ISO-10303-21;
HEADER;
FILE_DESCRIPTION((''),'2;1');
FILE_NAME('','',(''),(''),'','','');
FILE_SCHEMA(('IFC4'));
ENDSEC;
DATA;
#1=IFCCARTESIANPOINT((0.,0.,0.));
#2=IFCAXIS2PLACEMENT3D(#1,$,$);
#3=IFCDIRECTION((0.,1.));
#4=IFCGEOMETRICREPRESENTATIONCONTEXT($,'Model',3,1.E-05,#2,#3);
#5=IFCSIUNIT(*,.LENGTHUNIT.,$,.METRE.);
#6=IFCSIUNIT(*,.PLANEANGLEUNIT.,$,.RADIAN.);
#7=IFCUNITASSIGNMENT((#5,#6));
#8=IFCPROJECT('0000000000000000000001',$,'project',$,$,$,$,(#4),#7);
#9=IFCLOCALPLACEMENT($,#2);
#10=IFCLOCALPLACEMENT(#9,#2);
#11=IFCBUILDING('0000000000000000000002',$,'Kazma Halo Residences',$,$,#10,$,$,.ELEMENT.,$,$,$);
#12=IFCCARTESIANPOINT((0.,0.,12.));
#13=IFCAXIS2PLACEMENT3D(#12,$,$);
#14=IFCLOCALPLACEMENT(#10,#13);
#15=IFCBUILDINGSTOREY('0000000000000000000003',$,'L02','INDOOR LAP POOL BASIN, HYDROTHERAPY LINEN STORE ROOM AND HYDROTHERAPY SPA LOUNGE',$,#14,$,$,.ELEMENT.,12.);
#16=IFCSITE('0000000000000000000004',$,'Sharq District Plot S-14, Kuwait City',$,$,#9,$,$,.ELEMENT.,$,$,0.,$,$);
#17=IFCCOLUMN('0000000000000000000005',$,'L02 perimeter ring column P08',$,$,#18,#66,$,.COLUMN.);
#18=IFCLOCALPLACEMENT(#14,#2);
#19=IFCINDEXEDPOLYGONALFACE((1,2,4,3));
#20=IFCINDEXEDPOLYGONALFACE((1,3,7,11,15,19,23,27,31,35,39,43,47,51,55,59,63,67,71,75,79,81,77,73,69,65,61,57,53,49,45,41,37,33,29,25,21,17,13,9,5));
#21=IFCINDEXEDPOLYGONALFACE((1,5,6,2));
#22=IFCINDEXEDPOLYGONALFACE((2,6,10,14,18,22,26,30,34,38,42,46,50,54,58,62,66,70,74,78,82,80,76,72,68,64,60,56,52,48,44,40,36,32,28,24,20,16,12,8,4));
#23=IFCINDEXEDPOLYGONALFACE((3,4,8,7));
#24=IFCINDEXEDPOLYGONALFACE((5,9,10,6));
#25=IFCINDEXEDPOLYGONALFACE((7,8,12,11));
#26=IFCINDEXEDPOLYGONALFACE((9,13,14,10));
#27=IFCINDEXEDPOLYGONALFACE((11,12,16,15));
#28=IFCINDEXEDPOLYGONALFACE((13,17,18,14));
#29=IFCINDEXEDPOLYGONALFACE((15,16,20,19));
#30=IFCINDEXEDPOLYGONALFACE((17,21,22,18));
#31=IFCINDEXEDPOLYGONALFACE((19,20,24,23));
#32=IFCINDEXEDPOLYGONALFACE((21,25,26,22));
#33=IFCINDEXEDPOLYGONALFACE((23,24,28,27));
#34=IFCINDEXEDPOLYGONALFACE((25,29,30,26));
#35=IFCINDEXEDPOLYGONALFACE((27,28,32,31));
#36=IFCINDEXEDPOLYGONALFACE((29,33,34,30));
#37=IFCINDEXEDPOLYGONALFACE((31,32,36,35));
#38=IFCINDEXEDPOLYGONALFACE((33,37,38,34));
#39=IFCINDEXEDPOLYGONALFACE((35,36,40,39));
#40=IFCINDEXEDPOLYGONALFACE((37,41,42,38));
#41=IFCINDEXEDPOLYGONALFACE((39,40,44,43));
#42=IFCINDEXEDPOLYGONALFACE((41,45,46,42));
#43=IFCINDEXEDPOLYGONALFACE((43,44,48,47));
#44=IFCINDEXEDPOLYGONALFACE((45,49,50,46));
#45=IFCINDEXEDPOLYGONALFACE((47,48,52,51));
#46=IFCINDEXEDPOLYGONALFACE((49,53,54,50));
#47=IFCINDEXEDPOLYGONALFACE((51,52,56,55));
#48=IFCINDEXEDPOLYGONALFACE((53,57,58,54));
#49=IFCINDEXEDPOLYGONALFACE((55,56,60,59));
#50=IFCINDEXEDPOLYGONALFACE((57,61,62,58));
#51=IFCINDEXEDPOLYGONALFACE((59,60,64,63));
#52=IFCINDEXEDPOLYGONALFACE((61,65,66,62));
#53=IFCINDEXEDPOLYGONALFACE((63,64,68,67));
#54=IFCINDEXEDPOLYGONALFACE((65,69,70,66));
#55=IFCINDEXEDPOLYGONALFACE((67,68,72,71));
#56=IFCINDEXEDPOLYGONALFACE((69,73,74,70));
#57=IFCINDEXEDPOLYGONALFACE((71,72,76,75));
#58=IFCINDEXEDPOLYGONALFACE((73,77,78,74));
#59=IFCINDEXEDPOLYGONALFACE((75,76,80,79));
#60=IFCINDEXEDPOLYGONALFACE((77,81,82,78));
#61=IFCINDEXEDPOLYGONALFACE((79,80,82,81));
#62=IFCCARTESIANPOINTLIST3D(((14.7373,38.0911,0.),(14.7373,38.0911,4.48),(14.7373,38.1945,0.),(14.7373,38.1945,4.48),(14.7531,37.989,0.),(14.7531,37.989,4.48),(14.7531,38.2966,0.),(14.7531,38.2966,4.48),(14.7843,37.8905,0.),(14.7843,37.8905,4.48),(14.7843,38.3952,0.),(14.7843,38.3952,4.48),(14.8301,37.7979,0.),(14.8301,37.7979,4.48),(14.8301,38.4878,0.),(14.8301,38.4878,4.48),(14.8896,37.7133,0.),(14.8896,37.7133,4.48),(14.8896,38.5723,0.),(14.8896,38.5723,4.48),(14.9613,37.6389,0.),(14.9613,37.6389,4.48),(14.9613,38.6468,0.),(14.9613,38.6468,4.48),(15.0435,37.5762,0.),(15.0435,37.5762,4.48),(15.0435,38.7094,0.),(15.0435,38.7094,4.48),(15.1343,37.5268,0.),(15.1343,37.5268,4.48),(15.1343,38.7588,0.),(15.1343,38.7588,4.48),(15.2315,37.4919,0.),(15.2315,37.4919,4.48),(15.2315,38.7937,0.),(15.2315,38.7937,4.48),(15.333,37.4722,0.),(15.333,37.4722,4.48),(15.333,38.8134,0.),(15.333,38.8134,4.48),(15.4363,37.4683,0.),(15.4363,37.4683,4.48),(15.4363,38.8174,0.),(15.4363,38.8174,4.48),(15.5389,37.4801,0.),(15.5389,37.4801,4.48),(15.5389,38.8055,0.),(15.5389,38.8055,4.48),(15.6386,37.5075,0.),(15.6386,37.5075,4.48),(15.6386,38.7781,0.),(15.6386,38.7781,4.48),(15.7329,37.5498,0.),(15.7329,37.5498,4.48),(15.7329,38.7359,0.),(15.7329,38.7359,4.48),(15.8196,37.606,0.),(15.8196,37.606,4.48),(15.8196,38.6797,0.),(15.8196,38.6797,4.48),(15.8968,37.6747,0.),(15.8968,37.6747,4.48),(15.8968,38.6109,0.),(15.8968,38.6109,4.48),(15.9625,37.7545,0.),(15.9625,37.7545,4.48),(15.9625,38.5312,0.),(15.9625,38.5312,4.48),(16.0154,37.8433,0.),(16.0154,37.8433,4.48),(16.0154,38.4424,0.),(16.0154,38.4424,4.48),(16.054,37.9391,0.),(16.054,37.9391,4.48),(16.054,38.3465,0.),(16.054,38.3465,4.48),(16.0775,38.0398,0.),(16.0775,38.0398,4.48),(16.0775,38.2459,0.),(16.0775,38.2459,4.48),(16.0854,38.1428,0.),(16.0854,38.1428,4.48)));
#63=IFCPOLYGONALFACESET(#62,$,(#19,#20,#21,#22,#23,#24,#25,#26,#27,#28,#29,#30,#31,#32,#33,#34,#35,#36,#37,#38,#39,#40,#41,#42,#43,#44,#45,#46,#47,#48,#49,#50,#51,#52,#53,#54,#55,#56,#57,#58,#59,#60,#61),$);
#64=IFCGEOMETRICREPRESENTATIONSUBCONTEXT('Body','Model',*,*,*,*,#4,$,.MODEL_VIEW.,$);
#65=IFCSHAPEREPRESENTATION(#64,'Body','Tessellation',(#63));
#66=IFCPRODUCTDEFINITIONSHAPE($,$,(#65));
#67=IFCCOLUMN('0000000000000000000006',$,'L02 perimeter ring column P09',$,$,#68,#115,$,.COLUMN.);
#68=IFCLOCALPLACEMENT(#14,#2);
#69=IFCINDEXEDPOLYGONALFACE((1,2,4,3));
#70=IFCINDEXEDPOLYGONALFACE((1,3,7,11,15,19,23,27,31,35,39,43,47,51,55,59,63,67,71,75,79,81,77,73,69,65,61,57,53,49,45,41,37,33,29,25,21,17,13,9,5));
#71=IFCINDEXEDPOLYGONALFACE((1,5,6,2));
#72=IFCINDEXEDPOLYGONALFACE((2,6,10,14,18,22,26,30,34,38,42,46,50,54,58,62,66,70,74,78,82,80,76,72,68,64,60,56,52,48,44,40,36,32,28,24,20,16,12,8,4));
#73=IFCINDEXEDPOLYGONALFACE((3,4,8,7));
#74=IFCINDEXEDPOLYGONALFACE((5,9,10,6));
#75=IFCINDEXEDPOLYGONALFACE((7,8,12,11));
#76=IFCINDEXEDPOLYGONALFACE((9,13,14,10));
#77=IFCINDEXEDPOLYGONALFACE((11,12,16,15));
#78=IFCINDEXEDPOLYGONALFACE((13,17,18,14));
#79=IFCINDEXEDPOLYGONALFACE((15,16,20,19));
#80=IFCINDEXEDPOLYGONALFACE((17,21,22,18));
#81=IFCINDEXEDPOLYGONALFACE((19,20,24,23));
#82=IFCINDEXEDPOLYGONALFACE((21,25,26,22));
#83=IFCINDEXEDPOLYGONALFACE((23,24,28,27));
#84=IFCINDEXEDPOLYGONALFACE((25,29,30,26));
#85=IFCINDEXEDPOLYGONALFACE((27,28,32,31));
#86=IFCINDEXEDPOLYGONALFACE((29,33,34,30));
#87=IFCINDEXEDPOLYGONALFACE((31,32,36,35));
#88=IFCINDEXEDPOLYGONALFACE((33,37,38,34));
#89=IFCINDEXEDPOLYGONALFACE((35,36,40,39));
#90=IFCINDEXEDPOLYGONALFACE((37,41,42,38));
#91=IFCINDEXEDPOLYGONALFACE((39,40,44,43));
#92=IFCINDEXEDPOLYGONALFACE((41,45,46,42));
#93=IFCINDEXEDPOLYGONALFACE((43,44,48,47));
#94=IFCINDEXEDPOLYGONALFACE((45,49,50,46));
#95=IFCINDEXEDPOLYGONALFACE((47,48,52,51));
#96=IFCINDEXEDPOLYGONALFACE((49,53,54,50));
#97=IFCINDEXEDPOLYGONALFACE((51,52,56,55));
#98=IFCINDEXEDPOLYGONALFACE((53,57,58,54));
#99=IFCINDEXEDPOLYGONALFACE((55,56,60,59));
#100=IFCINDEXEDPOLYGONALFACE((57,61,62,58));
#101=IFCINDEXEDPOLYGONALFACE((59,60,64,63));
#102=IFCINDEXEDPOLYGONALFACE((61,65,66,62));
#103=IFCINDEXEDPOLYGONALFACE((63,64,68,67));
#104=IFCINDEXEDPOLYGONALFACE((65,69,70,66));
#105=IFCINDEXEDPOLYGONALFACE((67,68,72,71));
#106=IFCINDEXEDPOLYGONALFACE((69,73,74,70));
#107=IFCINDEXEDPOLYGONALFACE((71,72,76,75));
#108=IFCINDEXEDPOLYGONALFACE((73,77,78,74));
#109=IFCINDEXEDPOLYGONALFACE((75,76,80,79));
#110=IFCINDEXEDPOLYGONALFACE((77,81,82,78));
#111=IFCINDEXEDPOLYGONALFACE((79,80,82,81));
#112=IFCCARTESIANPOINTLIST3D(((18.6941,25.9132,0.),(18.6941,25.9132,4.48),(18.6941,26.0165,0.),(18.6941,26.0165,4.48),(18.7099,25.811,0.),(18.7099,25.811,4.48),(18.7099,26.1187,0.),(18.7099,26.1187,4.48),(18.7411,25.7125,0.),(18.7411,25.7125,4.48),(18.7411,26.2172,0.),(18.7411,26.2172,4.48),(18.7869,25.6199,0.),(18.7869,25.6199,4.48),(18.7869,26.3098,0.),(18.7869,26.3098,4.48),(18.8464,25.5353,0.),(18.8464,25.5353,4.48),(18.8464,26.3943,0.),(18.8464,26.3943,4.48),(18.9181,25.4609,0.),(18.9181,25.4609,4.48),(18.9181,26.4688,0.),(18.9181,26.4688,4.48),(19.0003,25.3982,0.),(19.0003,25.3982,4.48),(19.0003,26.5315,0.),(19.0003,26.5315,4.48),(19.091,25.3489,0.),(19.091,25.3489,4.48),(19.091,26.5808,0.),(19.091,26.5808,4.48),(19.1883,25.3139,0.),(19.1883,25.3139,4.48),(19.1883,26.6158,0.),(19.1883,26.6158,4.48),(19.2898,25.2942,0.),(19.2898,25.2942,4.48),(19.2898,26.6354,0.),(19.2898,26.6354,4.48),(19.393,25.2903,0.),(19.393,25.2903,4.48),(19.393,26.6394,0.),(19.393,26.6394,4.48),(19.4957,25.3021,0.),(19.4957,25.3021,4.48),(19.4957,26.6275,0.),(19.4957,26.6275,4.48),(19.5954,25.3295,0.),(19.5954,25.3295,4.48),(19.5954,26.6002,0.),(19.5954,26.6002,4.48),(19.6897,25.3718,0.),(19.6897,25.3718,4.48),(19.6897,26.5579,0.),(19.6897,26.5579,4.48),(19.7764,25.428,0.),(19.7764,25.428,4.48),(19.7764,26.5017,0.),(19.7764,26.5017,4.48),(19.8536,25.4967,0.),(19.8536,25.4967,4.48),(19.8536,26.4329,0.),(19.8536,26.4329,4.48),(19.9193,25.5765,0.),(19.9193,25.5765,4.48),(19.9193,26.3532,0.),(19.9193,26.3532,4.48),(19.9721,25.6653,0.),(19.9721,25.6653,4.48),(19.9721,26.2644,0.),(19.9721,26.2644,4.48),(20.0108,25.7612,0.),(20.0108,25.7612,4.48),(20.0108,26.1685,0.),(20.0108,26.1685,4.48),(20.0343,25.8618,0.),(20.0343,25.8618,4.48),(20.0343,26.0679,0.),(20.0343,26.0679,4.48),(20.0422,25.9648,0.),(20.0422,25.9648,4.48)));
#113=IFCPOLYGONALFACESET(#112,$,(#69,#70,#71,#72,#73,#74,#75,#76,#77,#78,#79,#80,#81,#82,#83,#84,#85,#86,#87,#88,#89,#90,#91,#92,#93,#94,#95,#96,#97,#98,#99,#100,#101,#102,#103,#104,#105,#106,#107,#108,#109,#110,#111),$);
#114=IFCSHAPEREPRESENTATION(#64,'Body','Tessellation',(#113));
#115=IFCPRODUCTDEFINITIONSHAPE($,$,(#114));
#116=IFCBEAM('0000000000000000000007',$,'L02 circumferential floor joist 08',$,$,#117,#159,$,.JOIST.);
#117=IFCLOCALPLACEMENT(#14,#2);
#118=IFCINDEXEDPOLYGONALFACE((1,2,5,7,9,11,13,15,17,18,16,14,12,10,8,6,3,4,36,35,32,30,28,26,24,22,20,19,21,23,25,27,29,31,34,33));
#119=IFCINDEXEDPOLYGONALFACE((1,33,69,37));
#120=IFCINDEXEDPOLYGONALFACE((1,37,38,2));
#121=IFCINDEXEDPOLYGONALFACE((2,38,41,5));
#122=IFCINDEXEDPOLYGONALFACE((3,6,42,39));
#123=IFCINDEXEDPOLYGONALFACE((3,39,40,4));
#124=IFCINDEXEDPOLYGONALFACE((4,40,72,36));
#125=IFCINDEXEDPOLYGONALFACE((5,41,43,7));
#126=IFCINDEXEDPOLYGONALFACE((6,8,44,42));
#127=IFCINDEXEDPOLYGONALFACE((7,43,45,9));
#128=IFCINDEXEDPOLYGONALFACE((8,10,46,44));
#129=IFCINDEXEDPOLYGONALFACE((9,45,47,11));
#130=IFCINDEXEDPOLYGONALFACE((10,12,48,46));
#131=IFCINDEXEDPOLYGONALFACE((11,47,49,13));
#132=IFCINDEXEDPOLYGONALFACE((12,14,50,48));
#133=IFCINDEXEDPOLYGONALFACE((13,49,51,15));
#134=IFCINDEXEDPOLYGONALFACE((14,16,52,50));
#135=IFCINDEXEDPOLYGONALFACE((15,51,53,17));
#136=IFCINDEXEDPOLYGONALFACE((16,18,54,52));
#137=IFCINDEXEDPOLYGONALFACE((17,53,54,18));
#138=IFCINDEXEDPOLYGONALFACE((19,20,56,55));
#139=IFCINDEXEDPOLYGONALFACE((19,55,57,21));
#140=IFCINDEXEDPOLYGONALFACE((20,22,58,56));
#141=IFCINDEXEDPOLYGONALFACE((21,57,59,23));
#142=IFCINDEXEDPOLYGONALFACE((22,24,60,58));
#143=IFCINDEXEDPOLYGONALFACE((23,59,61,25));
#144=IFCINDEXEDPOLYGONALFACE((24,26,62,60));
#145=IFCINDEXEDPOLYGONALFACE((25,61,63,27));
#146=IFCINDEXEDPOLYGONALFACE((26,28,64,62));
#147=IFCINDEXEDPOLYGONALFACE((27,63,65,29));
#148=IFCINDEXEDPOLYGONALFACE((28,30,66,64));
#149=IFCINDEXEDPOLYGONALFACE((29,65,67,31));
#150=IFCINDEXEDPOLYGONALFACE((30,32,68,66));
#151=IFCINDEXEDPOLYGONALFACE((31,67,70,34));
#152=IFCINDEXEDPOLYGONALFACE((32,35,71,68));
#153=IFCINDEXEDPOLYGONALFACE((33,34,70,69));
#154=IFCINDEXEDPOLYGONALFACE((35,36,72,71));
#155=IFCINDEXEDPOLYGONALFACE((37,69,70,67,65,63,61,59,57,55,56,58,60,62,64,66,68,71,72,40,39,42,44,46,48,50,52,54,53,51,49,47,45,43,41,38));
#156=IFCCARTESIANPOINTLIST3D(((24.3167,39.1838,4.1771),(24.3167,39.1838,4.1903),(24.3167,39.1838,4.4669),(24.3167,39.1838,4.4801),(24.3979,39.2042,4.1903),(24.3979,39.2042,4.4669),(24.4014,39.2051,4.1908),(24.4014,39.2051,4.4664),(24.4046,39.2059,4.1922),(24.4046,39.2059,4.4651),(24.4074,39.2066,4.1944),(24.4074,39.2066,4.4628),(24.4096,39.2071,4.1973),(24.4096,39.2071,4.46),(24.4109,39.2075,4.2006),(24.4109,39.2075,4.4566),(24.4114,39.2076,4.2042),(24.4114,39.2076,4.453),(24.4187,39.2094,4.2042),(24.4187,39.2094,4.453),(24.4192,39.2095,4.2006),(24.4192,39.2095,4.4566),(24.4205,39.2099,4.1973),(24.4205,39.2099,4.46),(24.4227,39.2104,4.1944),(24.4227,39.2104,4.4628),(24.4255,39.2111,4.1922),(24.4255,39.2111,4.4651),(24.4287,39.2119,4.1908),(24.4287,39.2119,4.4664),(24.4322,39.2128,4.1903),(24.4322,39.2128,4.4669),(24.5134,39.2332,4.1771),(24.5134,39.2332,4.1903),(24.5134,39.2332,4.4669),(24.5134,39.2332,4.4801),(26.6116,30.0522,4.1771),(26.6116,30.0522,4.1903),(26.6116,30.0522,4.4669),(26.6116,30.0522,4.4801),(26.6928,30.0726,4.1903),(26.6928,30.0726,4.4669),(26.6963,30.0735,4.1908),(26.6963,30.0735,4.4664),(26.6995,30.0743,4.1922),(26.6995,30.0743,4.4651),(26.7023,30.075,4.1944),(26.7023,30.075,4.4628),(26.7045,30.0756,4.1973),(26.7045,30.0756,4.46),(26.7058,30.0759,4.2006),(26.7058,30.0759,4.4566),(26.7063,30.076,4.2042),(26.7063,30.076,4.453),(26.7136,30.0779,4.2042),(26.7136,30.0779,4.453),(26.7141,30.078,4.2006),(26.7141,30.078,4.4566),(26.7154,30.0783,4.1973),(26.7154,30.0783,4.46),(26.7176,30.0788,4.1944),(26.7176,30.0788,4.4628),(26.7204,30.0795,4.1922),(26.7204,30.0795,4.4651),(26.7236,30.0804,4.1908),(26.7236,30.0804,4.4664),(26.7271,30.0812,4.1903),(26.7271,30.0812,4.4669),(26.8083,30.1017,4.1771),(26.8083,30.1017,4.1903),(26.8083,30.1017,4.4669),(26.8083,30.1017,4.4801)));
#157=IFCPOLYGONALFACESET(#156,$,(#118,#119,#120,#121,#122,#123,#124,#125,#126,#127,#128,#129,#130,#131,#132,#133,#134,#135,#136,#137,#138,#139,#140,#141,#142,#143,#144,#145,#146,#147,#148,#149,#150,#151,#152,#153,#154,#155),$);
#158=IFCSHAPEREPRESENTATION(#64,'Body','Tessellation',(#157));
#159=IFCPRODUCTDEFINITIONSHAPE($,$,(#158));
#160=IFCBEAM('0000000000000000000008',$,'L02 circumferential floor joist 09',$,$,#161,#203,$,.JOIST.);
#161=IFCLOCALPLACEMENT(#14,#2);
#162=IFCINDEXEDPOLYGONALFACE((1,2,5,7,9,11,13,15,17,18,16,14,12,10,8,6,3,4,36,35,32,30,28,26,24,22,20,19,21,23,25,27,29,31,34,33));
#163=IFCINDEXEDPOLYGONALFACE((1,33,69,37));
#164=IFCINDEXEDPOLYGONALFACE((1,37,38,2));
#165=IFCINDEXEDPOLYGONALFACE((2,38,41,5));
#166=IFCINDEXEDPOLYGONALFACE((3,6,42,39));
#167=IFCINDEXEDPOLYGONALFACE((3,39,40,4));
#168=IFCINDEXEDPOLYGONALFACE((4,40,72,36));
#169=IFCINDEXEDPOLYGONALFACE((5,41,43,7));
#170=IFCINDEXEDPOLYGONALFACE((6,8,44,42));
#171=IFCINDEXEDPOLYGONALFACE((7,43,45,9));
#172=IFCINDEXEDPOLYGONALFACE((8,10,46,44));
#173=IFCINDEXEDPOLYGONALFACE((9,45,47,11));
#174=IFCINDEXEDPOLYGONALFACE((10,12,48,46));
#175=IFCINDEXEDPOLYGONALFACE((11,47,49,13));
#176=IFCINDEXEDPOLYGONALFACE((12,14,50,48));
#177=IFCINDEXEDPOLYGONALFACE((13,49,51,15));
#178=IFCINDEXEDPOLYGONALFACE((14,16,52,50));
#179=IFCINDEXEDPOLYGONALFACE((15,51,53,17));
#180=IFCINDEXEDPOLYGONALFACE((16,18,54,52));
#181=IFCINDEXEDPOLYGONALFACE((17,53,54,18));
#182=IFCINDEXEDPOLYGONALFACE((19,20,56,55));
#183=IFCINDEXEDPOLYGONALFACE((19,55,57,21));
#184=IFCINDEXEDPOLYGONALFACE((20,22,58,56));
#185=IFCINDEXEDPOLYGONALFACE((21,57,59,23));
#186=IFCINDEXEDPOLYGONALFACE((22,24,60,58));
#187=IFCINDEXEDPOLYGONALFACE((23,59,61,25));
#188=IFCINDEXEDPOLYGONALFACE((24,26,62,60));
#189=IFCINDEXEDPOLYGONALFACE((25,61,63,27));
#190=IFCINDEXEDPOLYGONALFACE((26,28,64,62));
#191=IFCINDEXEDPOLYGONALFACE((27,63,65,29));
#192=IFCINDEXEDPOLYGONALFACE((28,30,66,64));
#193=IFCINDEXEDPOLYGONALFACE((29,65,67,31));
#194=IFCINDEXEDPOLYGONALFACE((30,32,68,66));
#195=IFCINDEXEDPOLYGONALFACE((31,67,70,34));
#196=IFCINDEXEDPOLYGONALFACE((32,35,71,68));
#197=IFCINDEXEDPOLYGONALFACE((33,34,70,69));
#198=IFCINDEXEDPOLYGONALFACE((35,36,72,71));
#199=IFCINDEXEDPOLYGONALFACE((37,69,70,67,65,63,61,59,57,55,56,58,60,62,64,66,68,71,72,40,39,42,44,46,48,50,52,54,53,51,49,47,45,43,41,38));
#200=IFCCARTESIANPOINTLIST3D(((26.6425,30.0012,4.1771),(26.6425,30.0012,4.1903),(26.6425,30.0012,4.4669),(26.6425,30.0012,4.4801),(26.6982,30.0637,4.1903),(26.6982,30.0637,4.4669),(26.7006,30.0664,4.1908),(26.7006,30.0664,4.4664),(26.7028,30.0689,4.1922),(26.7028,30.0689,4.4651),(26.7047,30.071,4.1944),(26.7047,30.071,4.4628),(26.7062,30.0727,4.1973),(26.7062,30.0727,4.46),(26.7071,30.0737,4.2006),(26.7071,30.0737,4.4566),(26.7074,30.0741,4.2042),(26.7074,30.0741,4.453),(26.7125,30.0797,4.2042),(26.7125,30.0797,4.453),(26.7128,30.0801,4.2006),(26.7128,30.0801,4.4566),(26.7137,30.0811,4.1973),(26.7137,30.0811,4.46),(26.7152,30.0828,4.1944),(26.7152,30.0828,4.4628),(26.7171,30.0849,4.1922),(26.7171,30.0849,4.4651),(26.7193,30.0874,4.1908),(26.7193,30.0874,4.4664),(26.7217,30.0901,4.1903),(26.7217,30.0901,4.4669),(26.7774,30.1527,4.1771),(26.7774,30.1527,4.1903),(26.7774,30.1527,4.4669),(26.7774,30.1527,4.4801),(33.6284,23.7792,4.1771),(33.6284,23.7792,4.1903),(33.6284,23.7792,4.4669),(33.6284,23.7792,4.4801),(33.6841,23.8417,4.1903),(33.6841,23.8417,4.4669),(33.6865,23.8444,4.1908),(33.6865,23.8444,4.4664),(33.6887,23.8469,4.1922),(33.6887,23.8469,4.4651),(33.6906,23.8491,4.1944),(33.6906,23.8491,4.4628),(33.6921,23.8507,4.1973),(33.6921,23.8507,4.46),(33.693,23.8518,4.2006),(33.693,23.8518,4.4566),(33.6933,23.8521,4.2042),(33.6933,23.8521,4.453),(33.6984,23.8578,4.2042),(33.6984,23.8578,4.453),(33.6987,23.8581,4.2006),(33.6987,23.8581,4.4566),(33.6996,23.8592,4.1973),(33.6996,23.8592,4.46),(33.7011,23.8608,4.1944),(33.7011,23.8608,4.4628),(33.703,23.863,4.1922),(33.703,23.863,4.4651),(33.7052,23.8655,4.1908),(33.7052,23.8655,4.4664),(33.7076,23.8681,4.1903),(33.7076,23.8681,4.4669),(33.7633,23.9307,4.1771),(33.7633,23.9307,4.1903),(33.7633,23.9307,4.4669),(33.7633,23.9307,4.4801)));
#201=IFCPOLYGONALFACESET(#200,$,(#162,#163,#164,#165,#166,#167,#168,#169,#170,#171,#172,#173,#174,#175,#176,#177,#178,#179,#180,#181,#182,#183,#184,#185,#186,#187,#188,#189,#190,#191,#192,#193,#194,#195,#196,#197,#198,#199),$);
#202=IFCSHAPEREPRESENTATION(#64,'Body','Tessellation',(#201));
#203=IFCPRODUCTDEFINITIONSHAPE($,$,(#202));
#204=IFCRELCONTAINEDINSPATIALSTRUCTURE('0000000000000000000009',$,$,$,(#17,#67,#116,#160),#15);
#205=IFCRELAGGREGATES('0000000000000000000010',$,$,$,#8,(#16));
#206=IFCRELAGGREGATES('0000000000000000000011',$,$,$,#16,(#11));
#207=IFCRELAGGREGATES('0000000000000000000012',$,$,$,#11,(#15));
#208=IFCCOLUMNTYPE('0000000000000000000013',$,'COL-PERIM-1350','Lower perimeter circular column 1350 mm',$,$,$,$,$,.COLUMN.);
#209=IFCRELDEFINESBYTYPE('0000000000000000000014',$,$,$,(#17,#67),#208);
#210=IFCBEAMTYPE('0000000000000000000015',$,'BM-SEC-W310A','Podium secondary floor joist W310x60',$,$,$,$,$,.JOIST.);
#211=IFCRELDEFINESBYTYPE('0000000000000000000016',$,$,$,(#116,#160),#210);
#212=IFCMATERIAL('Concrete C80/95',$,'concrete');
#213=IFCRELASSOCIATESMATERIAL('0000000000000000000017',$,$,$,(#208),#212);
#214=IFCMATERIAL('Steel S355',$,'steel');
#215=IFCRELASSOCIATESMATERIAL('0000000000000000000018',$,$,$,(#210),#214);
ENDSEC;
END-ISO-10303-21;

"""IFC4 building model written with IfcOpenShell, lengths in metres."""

from ifc_helpers import new_model, si_unit, direction, frame, origin, origin_2d, place, context, subcontext, project, spatial, circle, i_section, extrude, material, material_profile, profile_set, type_object, element, save


model = new_model("IFC4")

# Units and contexts
model_context = context("Model", 3, precision=1e-05, world=origin(), true_north=direction((0.0, 1.0)))
body_context = subcontext(model_context, "Body", "Model", "MODEL_VIEW")
ifc_project = project(units=[si_unit("LENGTHUNIT", "METRE"), si_unit("PLANEANGLEUNIT", "RADIAN")], contexts=[model_context])

# Site, building, storey
site_placement = place(None, origin())
site = spatial("IfcSite", under=ifc_project, at=site_placement, Name="Sharq District Plot S-14, Kuwait City", CompositionType="ELEMENT", RefElevation=0.0)
building_placement = place(site_placement, origin())
building = spatial("IfcBuilding", under=site, at=building_placement, Name="Kazma Halo Residences", CompositionType="ELEMENT")
storey_placement = place(building_placement, frame((0.0, 0.0, 12.0)))
storey = spatial("IfcBuildingStorey", under=building, at=storey_placement, Name="L02", Description="INDOOR LAP POOL BASIN, HYDROTHERAPY LINEN STORE ROOM AND HYDROTHERAPY SPA LOUNGE", CompositionType="ELEMENT", Elevation=12.0)

# Columns
ifc_material_1 = material(Name="Concrete C80/95", Category="concrete")
ifc_material_profile_1 = material_profile(ifc_material_1, circle(Radius=0.675, at=origin_2d()), Name="CIRC1350")
ifc_profile_set_1 = profile_set([ifc_material_profile_1], Name="Concrete C80/95")
column_type = type_object("IfcColumnType", Name="COL-PERIM-1350", Description="Lower perimeter circular column 1350 mm", PredefinedType="COLUMN", material=ifc_profile_set_1)
for number, where, z_axis, x_axis, name in (
    (1, (15.4104, 38.1428, 0.0), (0.0, 0.0, 1.0), (1.0, 0.0, 0.0), "L02 perimeter ring column P08"),
    (2, (19.3672, 25.9648, 0.0), (0.0, 0.0, 1.0), (1.0, 0.0, 0.0), "L02 perimeter ring column P09"),
):
    element("IfcColumn", number, at=place(storey_placement, frame(where, z_axis=z_axis, x_axis=x_axis)), inside=storey, type_object=column_type, Name=name, PredefinedType="COLUMN", context=body_context, shape_type="SweptSolid", body=[
        extrude(circle(Radius=0.675, at=origin_2d()), origin(), (0.0, 0.0, 1.0), 4.48),
    ])

# Beams
ifc_material_2 = material(Name="Steel S355", Category="steel")
ifc_material_profile_2 = material_profile(ifc_material_2, i_section(OverallWidth=0.2029, OverallDepth=0.303, WebThickness=0.0076, FlangeThickness=0.0132, FilletRadius=0.0139, at=origin_2d()), Name="W310x60")
ifc_profile_set_2 = profile_set([ifc_material_profile_2], Name="Steel S355")
beam_type_1 = type_object("IfcBeamType", Name="BM-SEC-W310A", Description="Podium secondary floor joist W310x60", PredefinedType="JOIST", material=ifc_profile_set_2)
beam_1_placement = place(storey_placement, frame((24.415, 39.2085, 4.3286), z_axis=(0.243737, -0.969841, 0.0), x_axis=(0.969841, 0.243737, 0.0)))
element("IfcBeam", 3, at=beam_1_placement, inside=storey, type_object=beam_type_1, Name="L02 circumferential floor joist 08", PredefinedType="JOIST", context=body_context, shape_type="SweptSolid", body=[
    extrude(i_section(OverallWidth=0.2029, OverallDepth=0.303, WebThickness=0.0076, FlangeThickness=0.0132, FilletRadius=0.0139, at=origin_2d()), origin(), (0.0, 0.0, 1.0), 9.4155),
])
beam_2_placement = place(storey_placement, frame((26.71, 30.0769, 4.3286), z_axis=(0.746757, -0.665097, 0.0), x_axis=(0.665097, 0.746757, 0.0)))
element("IfcBeam", 4, at=beam_2_placement, inside=storey, type_object=beam_type_1, Name="L02 circumferential floor joist 09", PredefinedType="JOIST", context=body_context, shape_type="SweptSolid", body=[
    extrude(i_section(OverallWidth=0.2029, OverallDepth=0.303, WebThickness=0.0076, FlangeThickness=0.0132, FilletRadius=0.0139, at=origin_2d()), origin(), (0.0, 0.0, 1.0), 9.355),
])

save(model, "model.ifc")
